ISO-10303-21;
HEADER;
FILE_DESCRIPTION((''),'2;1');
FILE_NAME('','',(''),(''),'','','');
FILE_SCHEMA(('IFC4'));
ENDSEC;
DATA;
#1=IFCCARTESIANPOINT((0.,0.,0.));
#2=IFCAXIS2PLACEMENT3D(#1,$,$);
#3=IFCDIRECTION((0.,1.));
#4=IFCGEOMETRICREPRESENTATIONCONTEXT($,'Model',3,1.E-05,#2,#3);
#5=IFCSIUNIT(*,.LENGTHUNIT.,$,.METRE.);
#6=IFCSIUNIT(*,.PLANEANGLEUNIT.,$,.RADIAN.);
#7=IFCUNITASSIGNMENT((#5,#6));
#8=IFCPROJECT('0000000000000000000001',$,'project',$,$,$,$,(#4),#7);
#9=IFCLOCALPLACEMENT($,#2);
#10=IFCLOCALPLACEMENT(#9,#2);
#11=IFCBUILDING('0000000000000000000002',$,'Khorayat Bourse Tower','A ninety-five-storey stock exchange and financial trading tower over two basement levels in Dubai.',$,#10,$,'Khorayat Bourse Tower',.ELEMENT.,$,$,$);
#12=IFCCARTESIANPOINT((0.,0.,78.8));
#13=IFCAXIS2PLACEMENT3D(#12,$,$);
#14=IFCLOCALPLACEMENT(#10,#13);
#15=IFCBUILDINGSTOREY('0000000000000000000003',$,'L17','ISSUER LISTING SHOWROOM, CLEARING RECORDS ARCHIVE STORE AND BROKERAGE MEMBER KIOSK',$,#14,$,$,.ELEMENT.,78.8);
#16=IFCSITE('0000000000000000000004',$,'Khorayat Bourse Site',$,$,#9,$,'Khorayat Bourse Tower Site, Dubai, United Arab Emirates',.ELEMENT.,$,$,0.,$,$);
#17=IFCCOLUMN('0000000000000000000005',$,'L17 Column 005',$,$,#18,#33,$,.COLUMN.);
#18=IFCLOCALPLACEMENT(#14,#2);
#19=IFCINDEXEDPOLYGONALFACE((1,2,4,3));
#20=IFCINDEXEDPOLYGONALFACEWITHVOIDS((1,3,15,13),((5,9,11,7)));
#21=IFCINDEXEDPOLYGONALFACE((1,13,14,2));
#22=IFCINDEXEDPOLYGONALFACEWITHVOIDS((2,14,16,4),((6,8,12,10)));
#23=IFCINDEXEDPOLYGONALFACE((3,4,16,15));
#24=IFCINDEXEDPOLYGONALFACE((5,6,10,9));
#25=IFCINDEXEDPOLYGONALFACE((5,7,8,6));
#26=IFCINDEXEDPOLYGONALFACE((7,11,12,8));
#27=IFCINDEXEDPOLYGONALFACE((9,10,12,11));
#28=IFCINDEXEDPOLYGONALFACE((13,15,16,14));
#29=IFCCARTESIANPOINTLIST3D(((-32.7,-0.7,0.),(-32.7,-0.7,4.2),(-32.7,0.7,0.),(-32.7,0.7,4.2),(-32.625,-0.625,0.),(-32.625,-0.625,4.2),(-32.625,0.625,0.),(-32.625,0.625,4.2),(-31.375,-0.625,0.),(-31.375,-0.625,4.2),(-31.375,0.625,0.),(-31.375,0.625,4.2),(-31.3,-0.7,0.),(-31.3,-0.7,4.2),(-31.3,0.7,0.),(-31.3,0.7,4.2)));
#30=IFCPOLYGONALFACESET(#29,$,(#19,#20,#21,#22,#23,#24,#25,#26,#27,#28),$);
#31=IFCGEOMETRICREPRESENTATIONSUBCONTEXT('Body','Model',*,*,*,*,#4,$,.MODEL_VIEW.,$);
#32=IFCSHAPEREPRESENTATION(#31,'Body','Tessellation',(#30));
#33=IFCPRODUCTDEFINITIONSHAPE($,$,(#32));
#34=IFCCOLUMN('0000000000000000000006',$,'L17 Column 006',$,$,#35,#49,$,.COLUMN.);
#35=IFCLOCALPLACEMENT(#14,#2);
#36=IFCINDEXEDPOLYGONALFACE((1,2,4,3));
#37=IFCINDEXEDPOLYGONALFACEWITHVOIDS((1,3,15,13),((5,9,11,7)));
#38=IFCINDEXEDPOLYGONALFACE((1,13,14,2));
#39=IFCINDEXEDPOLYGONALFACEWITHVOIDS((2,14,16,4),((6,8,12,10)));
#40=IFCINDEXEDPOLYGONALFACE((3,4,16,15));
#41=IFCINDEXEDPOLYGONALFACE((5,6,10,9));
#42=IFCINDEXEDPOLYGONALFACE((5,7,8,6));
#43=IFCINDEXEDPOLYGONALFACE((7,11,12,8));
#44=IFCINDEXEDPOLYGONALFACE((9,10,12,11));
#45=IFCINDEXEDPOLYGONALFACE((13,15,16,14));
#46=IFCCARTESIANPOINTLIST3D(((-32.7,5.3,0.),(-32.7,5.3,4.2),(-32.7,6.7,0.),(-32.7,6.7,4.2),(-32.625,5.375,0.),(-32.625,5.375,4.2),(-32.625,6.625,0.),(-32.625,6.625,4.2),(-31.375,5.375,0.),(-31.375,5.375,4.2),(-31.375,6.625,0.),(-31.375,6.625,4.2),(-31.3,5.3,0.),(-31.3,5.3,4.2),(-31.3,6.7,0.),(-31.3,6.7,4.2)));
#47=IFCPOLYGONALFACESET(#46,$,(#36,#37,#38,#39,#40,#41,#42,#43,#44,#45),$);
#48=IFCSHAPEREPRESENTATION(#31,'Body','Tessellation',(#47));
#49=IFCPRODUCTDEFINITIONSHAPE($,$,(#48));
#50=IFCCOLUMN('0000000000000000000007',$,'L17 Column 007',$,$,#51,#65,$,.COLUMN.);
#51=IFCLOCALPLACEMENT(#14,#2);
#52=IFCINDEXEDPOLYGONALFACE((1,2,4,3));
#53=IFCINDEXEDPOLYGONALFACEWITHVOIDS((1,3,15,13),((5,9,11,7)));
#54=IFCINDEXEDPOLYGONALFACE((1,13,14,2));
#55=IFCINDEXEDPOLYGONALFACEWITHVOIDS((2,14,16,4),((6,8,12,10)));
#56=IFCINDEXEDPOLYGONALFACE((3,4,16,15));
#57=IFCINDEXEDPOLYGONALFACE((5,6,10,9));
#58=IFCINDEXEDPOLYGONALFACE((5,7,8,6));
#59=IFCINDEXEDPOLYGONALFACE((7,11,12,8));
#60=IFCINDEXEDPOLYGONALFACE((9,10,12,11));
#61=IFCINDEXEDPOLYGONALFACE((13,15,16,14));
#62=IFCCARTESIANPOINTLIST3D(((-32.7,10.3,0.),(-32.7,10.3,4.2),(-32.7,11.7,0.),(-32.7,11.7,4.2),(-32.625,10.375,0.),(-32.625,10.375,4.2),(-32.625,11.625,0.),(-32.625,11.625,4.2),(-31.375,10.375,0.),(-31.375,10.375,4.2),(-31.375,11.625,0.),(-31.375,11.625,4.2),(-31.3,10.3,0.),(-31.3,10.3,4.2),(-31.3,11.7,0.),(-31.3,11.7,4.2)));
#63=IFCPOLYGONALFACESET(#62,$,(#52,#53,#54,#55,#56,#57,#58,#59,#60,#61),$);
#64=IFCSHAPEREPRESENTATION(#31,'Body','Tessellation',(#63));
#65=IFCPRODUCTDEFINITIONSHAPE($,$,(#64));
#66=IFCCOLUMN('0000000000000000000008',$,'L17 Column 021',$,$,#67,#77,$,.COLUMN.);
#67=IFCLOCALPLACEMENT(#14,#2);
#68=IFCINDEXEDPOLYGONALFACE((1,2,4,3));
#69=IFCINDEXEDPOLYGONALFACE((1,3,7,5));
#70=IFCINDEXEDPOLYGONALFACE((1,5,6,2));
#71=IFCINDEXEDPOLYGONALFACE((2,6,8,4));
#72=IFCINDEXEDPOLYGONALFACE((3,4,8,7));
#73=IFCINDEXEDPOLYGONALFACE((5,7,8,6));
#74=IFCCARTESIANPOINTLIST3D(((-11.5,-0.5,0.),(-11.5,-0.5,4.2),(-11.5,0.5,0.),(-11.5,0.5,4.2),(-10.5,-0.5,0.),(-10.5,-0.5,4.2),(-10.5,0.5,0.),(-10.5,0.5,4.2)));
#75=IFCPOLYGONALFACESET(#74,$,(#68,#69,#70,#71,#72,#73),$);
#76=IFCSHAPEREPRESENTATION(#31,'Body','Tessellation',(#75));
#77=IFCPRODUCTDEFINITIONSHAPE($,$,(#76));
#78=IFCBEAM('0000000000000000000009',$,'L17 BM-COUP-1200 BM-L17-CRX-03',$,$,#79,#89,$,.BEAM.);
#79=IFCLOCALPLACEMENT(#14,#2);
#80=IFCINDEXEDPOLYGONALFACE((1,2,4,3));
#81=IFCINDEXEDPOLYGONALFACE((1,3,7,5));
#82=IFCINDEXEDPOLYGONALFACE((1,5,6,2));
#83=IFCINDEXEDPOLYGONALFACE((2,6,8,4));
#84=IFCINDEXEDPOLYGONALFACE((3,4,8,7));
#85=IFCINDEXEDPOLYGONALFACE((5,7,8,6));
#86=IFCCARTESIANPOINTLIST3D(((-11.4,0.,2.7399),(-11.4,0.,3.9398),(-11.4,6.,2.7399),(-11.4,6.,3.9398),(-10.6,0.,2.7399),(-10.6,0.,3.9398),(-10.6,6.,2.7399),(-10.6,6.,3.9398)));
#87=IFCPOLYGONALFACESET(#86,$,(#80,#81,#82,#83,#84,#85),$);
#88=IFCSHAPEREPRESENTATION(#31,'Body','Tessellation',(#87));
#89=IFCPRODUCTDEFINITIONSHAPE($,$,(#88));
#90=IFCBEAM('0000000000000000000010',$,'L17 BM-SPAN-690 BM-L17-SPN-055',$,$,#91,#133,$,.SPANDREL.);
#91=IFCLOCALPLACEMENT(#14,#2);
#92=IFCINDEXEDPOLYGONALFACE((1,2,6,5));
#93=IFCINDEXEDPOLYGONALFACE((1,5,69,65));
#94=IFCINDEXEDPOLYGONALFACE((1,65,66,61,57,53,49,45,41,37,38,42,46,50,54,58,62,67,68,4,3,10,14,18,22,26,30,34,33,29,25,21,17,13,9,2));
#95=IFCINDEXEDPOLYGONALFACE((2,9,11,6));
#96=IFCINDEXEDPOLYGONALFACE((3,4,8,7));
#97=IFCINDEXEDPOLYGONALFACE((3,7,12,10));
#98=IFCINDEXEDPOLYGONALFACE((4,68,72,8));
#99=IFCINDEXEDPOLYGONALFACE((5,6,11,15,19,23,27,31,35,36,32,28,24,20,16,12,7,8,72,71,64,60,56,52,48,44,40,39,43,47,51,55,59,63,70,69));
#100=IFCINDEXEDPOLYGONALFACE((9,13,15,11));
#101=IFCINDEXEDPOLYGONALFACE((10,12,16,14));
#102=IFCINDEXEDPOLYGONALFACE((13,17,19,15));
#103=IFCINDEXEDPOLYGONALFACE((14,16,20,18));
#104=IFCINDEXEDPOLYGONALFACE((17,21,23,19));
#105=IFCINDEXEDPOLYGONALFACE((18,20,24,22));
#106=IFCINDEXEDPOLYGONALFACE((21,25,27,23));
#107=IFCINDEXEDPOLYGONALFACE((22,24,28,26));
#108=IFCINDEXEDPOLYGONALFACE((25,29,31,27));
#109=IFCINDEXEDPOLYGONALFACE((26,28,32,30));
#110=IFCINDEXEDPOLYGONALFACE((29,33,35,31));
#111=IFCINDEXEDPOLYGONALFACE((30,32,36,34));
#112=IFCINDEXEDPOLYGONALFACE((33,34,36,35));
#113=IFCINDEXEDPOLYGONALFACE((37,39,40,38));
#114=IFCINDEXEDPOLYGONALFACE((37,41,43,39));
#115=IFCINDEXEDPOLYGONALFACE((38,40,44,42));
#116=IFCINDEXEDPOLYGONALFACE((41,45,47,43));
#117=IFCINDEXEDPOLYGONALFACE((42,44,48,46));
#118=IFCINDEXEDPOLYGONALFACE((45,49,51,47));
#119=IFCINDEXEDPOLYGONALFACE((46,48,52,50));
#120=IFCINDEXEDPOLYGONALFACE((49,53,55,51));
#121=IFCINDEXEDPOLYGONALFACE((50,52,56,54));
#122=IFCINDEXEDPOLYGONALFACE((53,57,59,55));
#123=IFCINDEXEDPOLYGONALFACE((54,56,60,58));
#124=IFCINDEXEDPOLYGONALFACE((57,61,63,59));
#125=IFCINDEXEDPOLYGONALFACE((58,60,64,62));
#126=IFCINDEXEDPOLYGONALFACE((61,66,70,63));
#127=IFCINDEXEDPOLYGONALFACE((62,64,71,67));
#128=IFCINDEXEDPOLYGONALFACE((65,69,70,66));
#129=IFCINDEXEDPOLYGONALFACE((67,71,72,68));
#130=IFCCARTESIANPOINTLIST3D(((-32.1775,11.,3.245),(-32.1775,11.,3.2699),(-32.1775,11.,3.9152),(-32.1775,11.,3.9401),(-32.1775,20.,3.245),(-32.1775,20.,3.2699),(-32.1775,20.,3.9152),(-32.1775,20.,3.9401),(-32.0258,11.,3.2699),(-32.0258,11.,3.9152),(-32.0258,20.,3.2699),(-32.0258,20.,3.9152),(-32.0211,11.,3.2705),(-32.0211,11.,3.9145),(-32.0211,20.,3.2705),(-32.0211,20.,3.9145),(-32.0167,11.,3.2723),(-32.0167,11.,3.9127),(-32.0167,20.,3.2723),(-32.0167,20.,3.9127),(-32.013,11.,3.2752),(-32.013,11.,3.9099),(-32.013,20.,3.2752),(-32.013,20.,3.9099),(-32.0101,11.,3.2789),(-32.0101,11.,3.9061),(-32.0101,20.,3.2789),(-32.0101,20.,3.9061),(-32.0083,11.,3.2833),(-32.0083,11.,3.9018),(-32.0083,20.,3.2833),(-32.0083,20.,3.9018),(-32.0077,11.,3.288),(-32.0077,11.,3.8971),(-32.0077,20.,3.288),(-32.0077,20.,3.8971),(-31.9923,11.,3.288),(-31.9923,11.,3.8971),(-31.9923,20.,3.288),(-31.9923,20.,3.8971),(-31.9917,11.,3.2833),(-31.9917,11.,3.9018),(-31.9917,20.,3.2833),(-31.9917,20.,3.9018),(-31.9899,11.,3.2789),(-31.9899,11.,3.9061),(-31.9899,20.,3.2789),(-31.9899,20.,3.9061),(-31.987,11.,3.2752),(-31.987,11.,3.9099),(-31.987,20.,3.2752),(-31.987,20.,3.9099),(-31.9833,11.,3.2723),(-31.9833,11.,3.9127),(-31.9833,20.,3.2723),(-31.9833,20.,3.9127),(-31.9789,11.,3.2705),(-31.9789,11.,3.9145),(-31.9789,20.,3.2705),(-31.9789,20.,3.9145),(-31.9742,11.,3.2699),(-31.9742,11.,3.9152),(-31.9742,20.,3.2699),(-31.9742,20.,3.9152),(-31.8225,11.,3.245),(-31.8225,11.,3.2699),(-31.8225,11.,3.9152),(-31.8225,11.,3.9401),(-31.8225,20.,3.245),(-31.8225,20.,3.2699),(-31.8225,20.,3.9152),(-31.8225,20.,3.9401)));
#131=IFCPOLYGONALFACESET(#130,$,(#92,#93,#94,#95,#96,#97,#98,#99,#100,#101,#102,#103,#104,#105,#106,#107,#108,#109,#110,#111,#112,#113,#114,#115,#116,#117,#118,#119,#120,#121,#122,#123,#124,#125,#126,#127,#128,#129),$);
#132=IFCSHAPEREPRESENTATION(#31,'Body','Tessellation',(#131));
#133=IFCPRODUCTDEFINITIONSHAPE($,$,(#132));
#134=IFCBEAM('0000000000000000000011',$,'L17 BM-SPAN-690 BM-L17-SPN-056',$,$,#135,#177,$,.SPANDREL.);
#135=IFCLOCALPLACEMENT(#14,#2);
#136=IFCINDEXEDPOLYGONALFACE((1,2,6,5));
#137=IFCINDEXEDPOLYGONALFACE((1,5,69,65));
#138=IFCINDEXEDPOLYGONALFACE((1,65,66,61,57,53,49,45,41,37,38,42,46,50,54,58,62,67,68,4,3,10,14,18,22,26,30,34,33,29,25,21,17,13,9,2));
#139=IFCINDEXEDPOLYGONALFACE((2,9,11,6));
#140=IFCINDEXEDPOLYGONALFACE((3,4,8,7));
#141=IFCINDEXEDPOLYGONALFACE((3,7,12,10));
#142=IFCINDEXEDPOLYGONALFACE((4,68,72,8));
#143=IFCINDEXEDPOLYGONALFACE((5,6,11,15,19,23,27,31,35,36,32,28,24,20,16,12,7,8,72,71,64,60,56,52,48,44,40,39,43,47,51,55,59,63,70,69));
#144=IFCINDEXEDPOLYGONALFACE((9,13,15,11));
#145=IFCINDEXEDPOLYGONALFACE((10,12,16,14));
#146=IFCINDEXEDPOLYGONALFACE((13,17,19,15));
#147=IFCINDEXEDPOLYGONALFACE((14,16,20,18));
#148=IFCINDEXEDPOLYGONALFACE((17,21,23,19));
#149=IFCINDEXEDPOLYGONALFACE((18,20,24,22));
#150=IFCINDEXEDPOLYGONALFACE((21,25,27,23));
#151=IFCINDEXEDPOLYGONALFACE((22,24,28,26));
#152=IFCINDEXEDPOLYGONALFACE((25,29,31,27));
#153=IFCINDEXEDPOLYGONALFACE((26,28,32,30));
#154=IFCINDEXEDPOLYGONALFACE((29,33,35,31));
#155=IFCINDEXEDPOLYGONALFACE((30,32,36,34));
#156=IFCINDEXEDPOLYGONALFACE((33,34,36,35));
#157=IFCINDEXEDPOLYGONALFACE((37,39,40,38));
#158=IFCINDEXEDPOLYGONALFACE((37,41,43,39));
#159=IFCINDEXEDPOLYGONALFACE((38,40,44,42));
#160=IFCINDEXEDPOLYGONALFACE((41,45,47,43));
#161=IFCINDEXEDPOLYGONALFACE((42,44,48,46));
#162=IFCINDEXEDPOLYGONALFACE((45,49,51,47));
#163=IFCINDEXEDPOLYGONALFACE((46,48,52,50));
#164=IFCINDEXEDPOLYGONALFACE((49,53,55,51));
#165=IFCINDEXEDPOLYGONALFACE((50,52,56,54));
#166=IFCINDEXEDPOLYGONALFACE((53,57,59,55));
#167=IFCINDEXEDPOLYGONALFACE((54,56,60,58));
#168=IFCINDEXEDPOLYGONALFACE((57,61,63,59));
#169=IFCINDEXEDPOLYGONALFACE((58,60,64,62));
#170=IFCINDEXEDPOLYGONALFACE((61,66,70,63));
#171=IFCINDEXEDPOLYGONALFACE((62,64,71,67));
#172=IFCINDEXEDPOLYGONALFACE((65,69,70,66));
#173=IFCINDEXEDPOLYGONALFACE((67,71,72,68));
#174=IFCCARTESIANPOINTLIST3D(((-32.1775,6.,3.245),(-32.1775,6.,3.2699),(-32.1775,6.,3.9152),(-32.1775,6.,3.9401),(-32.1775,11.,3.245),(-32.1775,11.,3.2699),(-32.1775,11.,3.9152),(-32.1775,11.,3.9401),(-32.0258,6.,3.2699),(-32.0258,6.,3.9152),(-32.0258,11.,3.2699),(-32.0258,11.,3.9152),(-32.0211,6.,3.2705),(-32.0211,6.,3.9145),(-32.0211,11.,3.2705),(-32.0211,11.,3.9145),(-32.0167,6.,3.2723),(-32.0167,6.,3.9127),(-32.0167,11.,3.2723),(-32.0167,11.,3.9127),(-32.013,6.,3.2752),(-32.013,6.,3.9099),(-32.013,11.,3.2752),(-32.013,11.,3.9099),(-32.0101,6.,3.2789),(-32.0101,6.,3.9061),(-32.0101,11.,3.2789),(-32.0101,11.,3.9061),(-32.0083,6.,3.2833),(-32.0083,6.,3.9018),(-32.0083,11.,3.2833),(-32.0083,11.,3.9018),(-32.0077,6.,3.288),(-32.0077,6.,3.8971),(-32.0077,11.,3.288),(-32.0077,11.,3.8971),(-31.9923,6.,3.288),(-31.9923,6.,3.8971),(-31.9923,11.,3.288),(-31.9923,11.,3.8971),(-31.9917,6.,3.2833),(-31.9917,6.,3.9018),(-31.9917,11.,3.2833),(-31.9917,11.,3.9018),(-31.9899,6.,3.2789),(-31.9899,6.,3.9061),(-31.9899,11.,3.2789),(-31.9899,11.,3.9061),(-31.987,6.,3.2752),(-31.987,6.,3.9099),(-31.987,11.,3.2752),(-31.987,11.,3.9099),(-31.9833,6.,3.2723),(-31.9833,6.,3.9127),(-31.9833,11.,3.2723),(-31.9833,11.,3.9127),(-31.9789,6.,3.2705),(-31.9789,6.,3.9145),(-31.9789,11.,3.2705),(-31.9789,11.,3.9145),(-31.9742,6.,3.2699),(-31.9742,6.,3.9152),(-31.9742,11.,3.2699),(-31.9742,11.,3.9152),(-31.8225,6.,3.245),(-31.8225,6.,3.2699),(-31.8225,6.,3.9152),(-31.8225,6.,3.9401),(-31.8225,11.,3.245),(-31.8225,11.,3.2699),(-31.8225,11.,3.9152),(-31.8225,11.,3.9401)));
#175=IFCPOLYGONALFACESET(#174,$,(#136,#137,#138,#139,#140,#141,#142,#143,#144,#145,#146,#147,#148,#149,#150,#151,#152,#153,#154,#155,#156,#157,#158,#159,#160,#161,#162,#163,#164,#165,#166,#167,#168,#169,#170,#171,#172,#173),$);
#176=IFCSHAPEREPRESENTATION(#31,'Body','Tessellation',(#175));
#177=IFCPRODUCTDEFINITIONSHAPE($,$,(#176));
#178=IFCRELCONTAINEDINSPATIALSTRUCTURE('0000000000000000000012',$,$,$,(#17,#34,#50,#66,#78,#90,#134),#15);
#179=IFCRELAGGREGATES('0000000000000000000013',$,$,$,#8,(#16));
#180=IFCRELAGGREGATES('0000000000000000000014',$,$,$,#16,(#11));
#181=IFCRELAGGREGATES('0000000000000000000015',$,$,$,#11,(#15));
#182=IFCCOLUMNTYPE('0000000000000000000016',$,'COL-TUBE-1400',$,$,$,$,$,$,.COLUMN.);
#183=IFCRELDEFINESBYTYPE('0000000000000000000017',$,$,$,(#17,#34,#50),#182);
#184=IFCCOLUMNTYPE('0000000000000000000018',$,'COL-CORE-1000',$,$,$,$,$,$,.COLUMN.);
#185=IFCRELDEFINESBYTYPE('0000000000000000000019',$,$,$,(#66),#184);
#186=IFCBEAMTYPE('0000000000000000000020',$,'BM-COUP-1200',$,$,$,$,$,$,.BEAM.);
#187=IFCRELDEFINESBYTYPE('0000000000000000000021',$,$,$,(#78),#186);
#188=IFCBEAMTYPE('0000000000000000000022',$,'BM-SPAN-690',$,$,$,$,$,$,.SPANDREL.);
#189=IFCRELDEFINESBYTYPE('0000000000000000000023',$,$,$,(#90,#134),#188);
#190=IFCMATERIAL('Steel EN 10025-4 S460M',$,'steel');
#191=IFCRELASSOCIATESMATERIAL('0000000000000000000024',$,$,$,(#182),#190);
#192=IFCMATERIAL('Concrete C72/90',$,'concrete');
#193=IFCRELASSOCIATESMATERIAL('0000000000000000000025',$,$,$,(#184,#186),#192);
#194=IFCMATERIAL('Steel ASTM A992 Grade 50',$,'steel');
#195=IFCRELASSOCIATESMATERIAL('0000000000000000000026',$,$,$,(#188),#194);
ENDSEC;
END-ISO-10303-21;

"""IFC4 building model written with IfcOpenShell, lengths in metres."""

from ifc_helpers import new_model, si_unit, direction, frame, origin, origin_2d, place, context, subcontext, project, spatial, rectangle, hollow_rectangle, i_section, extrude, source, transform, mapped, material, material_profile, profile_set, type_object, element, save


model = new_model("IFC4")

# Units and contexts
model_context = context("Model", 3, precision=1e-05, world=origin(), true_north=direction((0.0, 1.0)))
body_context = subcontext(model_context, "Body", "Model", "MODEL_VIEW")
ifc_project = project(units=[si_unit("LENGTHUNIT", "METRE"), si_unit("PLANEANGLEUNIT", "RADIAN")], contexts=[model_context])

# Site, building, storey
site_placement = place(None, origin())
site = spatial("IfcSite", under=ifc_project, at=site_placement, Name="Khorayat Bourse Site", LongName="Khorayat Bourse Tower Site, Dubai, United Arab Emirates", CompositionType="ELEMENT", RefElevation=0.0)
building_placement = place(site_placement, origin())
building = spatial("IfcBuilding", under=site, at=building_placement, Name="Khorayat Bourse Tower", Description="A ninety-five-storey stock exchange and financial trading tower over two basement levels in Dubai.", LongName="Khorayat Bourse Tower", CompositionType="ELEMENT")
storey_placement = place(building_placement, frame((0.0, 0.0, 78.8)))
storey = spatial("IfcBuildingStorey", under=building, at=storey_placement, Name="L17", Description="ISSUER LISTING SHOWROOM, CLEARING RECORDS ARCHIVE STORE AND BROKERAGE MEMBER KIOSK", CompositionType="ELEMENT", Elevation=78.8)

# Columns
ifc_material_1 = material(Name="Steel EN 10025-4 S460M", Category="steel")
ifc_material_profile_1 = material_profile(ifc_material_1, hollow_rectangle(XDim=1.3999, YDim=1.3999, WallThickness=0.075, at=origin_2d()), Name="BOX 1400x1400x75")
ifc_profile_set_1 = profile_set([ifc_material_profile_1], Name="Steel EN 10025-4 S460M")
column_type_1 = type_object("IfcColumnType", Name="COL-TUBE-1400", PredefinedType="COLUMN", material=ifc_profile_set_1)
shared_shape_1 = source(origin(), body_context, "Body", "SweptSolid", [
    extrude(hollow_rectangle(XDim=1.3999, YDim=1.3999, WallThickness=0.075, at=origin_2d()), origin(), (0.0, 0.0, 1.0), 4.2),
])
for number, where, z_axis, x_axis, name in (
    (1, (-32.0, 0.0, 0.0), (0.0, 0.0, 1.0), (1.0, 0.0, 0.0), "L17 Column 005"),
    (2, (-32.0, 6.0, 0.0), (0.0, 0.0, 1.0), (1.0, 0.0, 0.0), "L17 Column 006"),
    (3, (-32.0, 11.0, 0.0), (0.0, 0.0, 1.0), (1.0, 0.0, 0.0), "L17 Column 007"),
):
    element("IfcColumn", number, at=place(storey_placement, frame(where, z_axis=z_axis, x_axis=x_axis)), inside=storey, type_object=column_type_1, Name=name, PredefinedType="COLUMN", context=body_context, shape_type="MappedRepresentation", body=[
        mapped(shared_shape_1, transform((0.0, 0.0, 0.0), scale=1.0)),
    ])
ifc_material_2 = material(Name="Concrete C72/90", Category="concrete")
ifc_material_profile_2 = material_profile(ifc_material_2, rectangle(XDim=1.0, YDim=1.0, at=origin_2d()), Name="RC 1000x1000")
ifc_profile_set_2 = profile_set([ifc_material_profile_2], Name="Concrete C72/90")
column_type_2 = type_object("IfcColumnType", Name="COL-CORE-1000", PredefinedType="COLUMN", material=ifc_profile_set_2)
shared_shape_2 = source(origin(), body_context, "Body", "SweptSolid", [
    extrude(rectangle(XDim=1.0, YDim=1.0, at=origin_2d()), origin(), (0.0, 0.0, 1.0), 4.2),
])
column_placement = place(storey_placement, frame((-11.0, 0.0, 0.0), z_axis=(0.0, 0.0, 1.0), x_axis=(1.0, 0.0, 0.0)))
element("IfcColumn", 4, at=column_placement, inside=storey, type_object=column_type_2, Name="L17 Column 021", PredefinedType="COLUMN", context=body_context, shape_type="MappedRepresentation", body=[
    mapped(shared_shape_2, transform((0.0, 0.0, 0.0), scale=1.0)),
])

# Beams
ifc_material_profile_3 = material_profile(ifc_material_2, rectangle(XDim=0.8, YDim=1.2, at=origin_2d()), Name="RC 800x1200")
ifc_profile_set_3 = profile_set([ifc_material_profile_3], Name="Concrete C72/90")
beam_type_1 = type_object("IfcBeamType", Name="BM-COUP-1200", PredefinedType="BEAM", material=ifc_profile_set_3)
shared_shape_3 = source(origin(), body_context, "Body", "SweptSolid", [
    extrude(rectangle(XDim=0.8, YDim=1.2, at=origin_2d()), origin(), (0.0, 0.0, 1.0), 6.0),
])
beam_1_placement = place(storey_placement, frame((-11.0, 0.0, 3.3398), z_axis=(0.0, 1.0, 0.0), x_axis=(-1.0, 0.0, 0.0)))
element("IfcBeam", 5, at=beam_1_placement, inside=storey, type_object=beam_type_1, Name="L17 BM-COUP-1200 BM-L17-CRX-03", PredefinedType="BEAM", context=body_context, shape_type="MappedRepresentation", body=[
    mapped(shared_shape_3, transform((0.0, 0.0, 0.0), scale=1.0)),
])
ifc_material_3 = material(Name="Steel ASTM A992 Grade 50", Category="steel")
ifc_material_profile_4 = material_profile(ifc_material_3, i_section(OverallWidth=0.355, OverallDepth=0.6951, WebThickness=0.0154, FlangeThickness=0.0249, FilletRadius=0.0181, at=origin_2d()), Name="W690X217")
ifc_profile_set_4 = profile_set([ifc_material_profile_4], Name="Steel ASTM A992 Grade 50")
beam_type_2 = type_object("IfcBeamType", Name="BM-SPAN-690", PredefinedType="SPANDREL", material=ifc_profile_set_4)
shared_shape_4 = source(origin(), body_context, "Body", "SweptSolid", [
    extrude(i_section(OverallWidth=0.355, OverallDepth=0.6951, WebThickness=0.0154, FlangeThickness=0.0249, FilletRadius=0.0181, at=origin_2d()), origin(), (0.0, 0.0, 1.0), 9.0),
])
beam_2_placement = place(storey_placement, frame((-32.0, 11.0, 3.5925), z_axis=(0.0, 1.0, 0.0), x_axis=(-1.0, 0.0, 0.0)))
element("IfcBeam", 6, at=beam_2_placement, inside=storey, type_object=beam_type_2, Name="L17 BM-SPAN-690 BM-L17-SPN-055", PredefinedType="SPANDREL", context=body_context, shape_type="MappedRepresentation", body=[
    mapped(shared_shape_4, transform((0.0, 0.0, 0.0), scale=1.0)),
])
shared_shape_5 = source(origin(), body_context, "Body", "SweptSolid", [
    extrude(i_section(OverallWidth=0.355, OverallDepth=0.6951, WebThickness=0.0154, FlangeThickness=0.0249, FilletRadius=0.0181, at=origin_2d()), origin(), (0.0, 0.0, 1.0), 5.0),
])
beam_3_placement = place(storey_placement, frame((-32.0, 6.0, 3.5925), z_axis=(0.0, 1.0, 0.0), x_axis=(-1.0, 0.0, 0.0)))
element("IfcBeam", 7, at=beam_3_placement, inside=storey, type_object=beam_type_2, Name="L17 BM-SPAN-690 BM-L17-SPN-056", PredefinedType="SPANDREL", context=body_context, shape_type="MappedRepresentation", body=[
    mapped(shared_shape_5, transform((0.0, 0.0, 0.0), scale=1.0)),
])

save(model, "model.ifc")
